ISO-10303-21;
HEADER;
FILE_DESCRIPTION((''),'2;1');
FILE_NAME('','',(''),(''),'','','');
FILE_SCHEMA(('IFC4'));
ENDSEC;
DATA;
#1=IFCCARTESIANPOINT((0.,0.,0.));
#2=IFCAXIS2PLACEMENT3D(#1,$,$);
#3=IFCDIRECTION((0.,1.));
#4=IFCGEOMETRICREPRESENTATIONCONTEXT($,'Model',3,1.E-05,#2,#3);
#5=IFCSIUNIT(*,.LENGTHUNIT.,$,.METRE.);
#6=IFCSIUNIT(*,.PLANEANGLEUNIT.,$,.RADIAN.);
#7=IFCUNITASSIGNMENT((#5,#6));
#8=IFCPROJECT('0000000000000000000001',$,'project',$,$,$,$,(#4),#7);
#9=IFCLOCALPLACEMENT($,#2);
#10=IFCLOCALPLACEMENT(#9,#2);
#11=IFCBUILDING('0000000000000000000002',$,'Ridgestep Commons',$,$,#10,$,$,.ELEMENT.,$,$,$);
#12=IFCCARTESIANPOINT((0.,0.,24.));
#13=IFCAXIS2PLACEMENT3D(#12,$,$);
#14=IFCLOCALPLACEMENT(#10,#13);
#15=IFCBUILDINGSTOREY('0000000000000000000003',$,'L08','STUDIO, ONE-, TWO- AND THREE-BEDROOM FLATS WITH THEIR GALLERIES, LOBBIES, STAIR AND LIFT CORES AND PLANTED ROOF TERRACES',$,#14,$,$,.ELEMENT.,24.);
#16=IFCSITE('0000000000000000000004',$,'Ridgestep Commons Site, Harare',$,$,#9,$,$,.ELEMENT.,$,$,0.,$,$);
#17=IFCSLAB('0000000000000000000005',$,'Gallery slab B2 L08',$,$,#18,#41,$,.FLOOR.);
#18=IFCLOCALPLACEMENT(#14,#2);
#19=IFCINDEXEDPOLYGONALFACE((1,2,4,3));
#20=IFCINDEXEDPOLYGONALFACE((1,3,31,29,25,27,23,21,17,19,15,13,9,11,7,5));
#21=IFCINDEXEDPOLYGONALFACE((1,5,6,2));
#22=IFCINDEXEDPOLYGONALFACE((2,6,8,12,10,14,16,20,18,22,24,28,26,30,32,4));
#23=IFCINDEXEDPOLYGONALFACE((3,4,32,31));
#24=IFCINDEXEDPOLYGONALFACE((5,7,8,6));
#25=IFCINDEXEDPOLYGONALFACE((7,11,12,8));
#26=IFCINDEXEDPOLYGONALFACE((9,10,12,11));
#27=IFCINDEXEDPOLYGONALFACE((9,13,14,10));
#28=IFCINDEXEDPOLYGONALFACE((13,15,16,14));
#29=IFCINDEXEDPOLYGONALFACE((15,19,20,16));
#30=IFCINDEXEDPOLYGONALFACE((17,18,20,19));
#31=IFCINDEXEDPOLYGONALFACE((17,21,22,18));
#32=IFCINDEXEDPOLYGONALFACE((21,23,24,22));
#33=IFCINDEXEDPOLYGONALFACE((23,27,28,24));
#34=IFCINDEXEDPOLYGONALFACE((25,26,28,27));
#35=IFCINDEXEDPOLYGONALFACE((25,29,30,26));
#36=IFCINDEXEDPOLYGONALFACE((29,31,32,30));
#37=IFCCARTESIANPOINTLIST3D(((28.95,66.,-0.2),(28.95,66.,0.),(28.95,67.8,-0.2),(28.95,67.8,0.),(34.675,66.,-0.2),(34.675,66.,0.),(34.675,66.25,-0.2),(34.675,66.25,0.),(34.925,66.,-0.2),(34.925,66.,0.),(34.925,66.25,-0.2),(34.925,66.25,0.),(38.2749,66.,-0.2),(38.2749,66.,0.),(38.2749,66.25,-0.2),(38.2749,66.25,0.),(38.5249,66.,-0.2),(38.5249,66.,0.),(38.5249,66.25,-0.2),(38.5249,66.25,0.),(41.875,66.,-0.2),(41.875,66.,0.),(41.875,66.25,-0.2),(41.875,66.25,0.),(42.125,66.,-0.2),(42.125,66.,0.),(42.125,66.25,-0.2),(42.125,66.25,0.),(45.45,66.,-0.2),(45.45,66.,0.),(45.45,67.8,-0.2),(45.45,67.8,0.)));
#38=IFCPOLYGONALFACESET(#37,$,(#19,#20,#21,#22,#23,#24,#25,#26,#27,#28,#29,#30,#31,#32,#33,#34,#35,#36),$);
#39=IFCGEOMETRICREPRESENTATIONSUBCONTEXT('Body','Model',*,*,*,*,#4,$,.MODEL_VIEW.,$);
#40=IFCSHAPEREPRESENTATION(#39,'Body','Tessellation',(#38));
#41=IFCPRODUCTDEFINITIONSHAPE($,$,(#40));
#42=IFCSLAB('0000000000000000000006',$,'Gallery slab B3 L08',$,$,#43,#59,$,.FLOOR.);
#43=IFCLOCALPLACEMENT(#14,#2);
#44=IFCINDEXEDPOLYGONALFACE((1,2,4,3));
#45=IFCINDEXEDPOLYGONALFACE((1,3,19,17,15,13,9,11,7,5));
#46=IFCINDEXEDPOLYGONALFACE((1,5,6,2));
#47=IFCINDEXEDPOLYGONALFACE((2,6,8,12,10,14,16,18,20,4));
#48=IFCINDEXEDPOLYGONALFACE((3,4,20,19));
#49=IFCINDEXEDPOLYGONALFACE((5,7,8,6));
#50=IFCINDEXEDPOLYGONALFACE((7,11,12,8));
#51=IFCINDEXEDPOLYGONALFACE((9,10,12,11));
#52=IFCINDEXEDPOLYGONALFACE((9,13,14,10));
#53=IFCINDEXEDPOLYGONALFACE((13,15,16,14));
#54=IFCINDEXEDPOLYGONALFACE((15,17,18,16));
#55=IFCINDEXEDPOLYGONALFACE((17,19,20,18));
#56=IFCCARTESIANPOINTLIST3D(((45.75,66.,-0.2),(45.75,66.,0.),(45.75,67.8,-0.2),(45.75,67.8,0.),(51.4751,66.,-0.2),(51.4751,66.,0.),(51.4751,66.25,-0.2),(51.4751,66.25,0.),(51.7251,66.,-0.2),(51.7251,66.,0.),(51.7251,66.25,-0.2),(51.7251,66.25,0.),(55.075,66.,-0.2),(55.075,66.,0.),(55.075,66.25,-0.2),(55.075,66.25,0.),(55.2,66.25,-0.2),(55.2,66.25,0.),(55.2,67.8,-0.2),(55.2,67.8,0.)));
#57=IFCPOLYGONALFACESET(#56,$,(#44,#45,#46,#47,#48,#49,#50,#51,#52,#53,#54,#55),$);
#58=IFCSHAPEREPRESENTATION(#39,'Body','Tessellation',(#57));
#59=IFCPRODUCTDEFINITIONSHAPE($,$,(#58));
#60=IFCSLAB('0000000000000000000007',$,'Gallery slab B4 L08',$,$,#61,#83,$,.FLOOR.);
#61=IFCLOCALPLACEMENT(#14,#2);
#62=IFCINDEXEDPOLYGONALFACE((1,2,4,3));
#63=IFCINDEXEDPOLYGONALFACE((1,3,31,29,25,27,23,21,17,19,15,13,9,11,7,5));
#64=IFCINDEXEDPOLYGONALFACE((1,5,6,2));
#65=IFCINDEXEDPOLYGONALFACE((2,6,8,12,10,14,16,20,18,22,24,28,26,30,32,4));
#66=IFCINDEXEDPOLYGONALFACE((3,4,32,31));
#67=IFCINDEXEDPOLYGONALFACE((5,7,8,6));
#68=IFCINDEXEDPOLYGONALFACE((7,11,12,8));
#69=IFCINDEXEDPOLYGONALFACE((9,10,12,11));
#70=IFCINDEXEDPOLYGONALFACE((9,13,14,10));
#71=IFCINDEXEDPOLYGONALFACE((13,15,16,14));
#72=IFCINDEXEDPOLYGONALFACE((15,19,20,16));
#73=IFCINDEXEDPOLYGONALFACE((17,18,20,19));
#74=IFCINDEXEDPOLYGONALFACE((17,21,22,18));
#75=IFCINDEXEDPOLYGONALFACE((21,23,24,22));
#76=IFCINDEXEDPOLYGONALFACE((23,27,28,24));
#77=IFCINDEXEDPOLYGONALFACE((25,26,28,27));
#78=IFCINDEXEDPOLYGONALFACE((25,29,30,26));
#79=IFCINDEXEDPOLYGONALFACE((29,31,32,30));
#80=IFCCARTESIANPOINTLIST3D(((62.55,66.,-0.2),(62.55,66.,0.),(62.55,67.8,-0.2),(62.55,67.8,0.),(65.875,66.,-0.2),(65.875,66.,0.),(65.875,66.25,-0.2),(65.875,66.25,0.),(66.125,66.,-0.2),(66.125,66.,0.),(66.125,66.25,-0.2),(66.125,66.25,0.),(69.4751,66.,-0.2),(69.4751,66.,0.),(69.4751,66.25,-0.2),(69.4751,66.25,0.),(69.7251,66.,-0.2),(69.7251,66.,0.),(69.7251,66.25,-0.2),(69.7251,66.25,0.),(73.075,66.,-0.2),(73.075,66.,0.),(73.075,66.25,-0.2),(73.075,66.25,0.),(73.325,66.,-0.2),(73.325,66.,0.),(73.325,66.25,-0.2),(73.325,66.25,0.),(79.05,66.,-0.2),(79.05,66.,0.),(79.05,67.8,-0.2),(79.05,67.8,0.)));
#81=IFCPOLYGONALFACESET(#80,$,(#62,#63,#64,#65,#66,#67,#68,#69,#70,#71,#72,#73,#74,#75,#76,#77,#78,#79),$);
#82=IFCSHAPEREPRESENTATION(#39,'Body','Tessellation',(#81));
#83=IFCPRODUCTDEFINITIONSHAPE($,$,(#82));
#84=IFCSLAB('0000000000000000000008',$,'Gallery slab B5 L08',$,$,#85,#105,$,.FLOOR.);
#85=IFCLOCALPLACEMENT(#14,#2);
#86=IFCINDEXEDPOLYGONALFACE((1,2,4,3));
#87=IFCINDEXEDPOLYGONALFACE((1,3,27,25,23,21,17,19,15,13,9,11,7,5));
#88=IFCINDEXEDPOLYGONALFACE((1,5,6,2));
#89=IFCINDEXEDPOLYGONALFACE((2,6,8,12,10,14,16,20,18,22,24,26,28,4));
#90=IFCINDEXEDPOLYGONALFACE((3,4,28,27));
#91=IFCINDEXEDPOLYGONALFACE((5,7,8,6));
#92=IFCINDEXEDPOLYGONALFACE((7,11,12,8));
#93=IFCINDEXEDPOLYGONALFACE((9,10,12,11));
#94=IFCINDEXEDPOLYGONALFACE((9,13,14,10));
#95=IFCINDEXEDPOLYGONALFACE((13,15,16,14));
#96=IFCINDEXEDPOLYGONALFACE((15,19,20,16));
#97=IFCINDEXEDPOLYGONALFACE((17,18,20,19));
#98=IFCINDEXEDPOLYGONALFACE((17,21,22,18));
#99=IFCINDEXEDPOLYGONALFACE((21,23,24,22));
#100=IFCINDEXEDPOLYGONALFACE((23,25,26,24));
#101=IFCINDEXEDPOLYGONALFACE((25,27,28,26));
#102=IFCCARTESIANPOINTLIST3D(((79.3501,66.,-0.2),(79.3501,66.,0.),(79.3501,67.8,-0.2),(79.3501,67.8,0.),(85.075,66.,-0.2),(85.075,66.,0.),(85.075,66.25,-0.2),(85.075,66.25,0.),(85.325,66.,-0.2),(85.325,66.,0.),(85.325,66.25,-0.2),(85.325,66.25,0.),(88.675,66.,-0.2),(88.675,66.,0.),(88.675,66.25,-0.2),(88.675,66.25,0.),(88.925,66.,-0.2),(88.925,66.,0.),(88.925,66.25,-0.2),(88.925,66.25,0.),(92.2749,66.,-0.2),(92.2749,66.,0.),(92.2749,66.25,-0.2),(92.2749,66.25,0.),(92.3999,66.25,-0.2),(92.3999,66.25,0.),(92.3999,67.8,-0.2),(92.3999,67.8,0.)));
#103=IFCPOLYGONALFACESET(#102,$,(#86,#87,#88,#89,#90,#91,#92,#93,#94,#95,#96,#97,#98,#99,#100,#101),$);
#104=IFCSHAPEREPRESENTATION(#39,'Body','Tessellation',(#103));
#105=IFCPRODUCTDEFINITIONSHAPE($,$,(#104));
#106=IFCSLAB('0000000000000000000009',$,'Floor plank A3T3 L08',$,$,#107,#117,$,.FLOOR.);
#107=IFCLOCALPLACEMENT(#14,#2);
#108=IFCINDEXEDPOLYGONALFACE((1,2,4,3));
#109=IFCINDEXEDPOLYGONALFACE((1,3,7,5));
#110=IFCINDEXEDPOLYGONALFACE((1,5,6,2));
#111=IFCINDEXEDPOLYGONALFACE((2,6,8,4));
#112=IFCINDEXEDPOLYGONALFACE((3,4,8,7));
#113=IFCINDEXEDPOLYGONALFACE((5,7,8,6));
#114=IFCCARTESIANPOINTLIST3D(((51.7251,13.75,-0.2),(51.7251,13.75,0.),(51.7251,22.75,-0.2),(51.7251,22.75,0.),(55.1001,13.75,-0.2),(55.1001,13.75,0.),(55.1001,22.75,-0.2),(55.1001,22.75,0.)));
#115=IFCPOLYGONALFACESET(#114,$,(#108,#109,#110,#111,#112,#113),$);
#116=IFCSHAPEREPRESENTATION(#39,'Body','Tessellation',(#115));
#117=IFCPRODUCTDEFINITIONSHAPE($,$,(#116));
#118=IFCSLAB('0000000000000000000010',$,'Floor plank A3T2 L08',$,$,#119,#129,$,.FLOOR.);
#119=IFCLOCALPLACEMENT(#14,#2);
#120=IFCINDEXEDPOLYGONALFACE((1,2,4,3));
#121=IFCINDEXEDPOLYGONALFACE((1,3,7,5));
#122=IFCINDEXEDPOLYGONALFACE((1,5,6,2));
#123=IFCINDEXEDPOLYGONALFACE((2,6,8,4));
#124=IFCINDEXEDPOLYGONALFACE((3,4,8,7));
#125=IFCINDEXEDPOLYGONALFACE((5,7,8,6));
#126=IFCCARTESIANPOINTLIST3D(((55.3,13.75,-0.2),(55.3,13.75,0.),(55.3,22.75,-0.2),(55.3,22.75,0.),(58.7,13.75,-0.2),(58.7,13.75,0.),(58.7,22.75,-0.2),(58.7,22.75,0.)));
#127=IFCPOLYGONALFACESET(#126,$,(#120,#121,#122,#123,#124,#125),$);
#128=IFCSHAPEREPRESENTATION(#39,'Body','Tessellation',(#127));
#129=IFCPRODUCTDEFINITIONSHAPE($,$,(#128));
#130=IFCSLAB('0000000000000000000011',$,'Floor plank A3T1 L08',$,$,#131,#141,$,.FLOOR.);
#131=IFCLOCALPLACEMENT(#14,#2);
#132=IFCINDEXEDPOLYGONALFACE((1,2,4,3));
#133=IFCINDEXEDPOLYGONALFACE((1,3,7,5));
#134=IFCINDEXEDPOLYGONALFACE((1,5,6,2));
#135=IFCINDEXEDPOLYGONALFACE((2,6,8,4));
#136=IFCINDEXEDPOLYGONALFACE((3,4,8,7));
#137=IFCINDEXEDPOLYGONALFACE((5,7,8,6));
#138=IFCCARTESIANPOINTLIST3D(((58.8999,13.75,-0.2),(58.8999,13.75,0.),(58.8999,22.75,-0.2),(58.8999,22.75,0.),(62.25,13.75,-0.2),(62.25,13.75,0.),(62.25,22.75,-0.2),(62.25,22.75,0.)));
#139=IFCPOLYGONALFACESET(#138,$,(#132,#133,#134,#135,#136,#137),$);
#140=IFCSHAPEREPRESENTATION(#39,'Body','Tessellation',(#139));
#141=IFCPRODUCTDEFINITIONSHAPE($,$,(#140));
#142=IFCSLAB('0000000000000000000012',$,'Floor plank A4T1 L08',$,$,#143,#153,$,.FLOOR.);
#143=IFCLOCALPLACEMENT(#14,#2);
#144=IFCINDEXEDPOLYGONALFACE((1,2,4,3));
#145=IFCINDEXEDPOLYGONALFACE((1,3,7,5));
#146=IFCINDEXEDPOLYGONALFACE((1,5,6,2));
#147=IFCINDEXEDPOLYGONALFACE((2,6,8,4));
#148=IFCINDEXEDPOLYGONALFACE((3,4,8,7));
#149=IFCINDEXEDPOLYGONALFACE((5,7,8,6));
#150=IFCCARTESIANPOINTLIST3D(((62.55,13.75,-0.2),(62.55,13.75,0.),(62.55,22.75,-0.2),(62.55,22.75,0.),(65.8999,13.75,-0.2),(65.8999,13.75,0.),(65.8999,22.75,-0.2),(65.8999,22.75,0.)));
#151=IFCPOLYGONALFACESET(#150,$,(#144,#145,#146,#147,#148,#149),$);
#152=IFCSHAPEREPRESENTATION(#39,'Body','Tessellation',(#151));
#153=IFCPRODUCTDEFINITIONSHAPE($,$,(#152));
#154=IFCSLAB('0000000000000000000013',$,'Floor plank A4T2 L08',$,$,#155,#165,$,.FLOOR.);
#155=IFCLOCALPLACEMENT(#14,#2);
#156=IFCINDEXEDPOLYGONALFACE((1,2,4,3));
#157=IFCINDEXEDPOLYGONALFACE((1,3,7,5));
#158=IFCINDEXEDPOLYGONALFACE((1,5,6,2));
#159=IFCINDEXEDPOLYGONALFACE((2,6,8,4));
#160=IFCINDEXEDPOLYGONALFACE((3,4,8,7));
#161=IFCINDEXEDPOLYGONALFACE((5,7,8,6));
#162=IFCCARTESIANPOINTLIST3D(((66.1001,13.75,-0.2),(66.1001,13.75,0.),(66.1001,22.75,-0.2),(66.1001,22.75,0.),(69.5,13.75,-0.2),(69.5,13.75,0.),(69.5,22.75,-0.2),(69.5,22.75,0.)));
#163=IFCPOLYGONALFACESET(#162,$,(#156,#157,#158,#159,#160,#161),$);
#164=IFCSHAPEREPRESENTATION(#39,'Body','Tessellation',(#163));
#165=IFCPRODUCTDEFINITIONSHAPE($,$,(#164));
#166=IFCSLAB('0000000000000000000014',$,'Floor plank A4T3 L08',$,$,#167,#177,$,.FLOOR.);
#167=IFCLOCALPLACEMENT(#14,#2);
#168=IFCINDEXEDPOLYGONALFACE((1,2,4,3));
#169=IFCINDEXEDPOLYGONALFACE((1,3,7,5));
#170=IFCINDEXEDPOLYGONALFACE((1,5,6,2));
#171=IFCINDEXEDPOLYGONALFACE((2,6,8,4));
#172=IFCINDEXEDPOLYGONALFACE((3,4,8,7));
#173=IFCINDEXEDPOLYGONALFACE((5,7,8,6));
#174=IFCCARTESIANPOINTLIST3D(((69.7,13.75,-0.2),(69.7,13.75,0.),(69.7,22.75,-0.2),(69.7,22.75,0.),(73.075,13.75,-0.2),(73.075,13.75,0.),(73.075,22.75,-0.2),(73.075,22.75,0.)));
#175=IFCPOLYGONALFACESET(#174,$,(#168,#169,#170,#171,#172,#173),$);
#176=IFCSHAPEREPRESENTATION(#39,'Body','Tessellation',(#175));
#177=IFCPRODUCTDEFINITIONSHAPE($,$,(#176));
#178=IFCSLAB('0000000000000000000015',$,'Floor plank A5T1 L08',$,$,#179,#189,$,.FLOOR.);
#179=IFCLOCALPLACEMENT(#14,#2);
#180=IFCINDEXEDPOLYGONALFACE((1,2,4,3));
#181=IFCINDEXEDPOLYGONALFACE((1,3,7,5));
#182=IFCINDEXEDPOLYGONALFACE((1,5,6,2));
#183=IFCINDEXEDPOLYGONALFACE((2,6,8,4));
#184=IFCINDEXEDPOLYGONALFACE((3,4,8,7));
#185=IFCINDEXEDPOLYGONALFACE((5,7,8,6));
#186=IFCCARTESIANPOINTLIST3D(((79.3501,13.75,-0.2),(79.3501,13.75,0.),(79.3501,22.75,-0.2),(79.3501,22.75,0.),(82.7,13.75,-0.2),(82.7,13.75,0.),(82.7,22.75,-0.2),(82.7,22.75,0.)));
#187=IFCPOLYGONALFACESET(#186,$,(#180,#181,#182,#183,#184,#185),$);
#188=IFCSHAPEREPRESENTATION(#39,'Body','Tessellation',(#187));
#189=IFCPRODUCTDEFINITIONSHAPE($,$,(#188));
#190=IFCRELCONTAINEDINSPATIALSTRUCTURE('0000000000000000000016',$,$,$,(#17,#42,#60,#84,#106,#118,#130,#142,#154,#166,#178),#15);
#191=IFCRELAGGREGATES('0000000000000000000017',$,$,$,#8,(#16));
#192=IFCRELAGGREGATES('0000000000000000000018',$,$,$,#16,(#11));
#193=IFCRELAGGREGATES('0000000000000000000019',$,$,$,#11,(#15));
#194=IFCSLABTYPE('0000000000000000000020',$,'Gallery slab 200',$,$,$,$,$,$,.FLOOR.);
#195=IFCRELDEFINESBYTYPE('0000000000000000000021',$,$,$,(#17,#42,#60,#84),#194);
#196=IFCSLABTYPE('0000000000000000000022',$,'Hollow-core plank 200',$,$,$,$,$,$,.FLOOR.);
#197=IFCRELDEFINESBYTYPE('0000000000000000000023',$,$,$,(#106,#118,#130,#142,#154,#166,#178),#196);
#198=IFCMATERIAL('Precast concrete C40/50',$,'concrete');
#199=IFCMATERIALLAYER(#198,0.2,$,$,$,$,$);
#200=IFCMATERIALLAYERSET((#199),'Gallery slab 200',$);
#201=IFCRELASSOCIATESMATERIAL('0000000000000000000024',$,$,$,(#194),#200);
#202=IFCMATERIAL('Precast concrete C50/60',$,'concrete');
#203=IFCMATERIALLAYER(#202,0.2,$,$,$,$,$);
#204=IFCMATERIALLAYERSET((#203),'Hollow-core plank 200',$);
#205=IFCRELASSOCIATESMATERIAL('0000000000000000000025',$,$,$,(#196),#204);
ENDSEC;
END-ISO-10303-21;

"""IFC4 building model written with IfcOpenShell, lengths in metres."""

from ifc_helpers import new_model, si_unit, direction, frame, origin, place, context, subcontext, project, spatial, polyline, outline, extrude, material, layer, layer_set, type_object, element, save


model = new_model("IFC4")

# Units and contexts
model_context = context("Model", 3, precision=1e-05, world=origin(), true_north=direction((0.0, 1.0)))
body_context = subcontext(model_context, "Body", "Model", "MODEL_VIEW")
ifc_project = project(units=[si_unit("LENGTHUNIT", "METRE"), si_unit("PLANEANGLEUNIT", "RADIAN")], contexts=[model_context])

# Site, building, storey
site_placement = place(None, origin())
site = spatial("IfcSite", under=ifc_project, at=site_placement, Name="Ridgestep Commons Site, Harare", CompositionType="ELEMENT", RefElevation=0.0)
building_placement = place(site_placement, origin())
building = spatial("IfcBuilding", under=site, at=building_placement, Name="Ridgestep Commons", CompositionType="ELEMENT")
storey_placement = place(building_placement, frame((0.0, 0.0, 24.0)))
storey = spatial("IfcBuildingStorey", under=building, at=storey_placement, Name="L08", Description="STUDIO, ONE-, TWO- AND THREE-BEDROOM FLATS WITH THEIR GALLERIES, LOBBIES, STAIR AND LIFT CORES AND PLANTED ROOF TERRACES", CompositionType="ELEMENT", Elevation=24.0)

# Slabs
ifc_material_1 = material(Name="Precast concrete C40/50", Category="concrete")
ifc_layer_1 = layer(ifc_material_1, 0.2)
ifc_layer_set_1 = layer_set([ifc_layer_1], Name="Gallery slab 200")
slab_type_1 = type_object("IfcSlabType", Name="Gallery slab 200", PredefinedType="FLOOR", material=ifc_layer_set_1)
slab_1_placement = place(storey_placement, frame((0.0, 0.0, -0.2)))
element("IfcSlab", 1, at=slab_1_placement, inside=storey, type_object=slab_type_1, Name="Gallery slab B2 L08", PredefinedType="FLOOR", context=body_context, shape_type="SweptSolid", body=[
    extrude(outline(polyline([(45.45, 67.8), (28.95, 67.8), (28.95, 66.0), (34.675, 66.0), (34.675, 66.25), (34.925, 66.25), (34.925, 66.0), (38.2749, 66.0), (38.2749, 66.25), (38.5249, 66.25), (38.5249, 66.0), (41.875, 66.0), (41.875, 66.25), (42.125, 66.25), (42.125, 66.0), (45.45, 66.0), (45.45, 67.8)])), origin(), (0.0, 0.0, 1.0), 0.2),
])
slab_2_placement = place(storey_placement, frame((0.0, 0.0, -0.2)))
element("IfcSlab", 2, at=slab_2_placement, inside=storey, type_object=slab_type_1, Name="Gallery slab B3 L08", PredefinedType="FLOOR", context=body_context, shape_type="SweptSolid", body=[
    extrude(outline(polyline([(45.75, 67.8), (45.75, 66.0), (51.4751, 66.0), (51.4751, 66.25), (51.7251, 66.25), (51.7251, 66.0), (55.075, 66.0), (55.075, 66.25), (55.2, 66.25), (55.2, 67.8), (45.75, 67.8)])), origin(), (0.0, 0.0, 1.0), 0.2),
])
slab_3_placement = place(storey_placement, frame((0.0, 0.0, -0.2)))
element("IfcSlab", 3, at=slab_3_placement, inside=storey, type_object=slab_type_1, Name="Gallery slab B4 L08", PredefinedType="FLOOR", context=body_context, shape_type="SweptSolid", body=[
    extrude(outline(polyline([(79.05, 67.8), (62.55, 67.8), (62.55, 66.0), (65.875, 66.0), (65.875, 66.25), (66.125, 66.25), (66.125, 66.0), (69.4751, 66.0), (69.4751, 66.25), (69.7251, 66.25), (69.7251, 66.0), (73.075, 66.0), (73.075, 66.25), (73.325, 66.25), (73.325, 66.0), (79.05, 66.0), (79.05, 67.8)])), origin(), (0.0, 0.0, 1.0), 0.2),
])
slab_4_placement = place(storey_placement, frame((0.0, 0.0, -0.2)))
element("IfcSlab", 4, at=slab_4_placement, inside=storey, type_object=slab_type_1, Name="Gallery slab B5 L08", PredefinedType="FLOOR", context=body_context, shape_type="SweptSolid", body=[
    extrude(outline(polyline([(92.3999, 67.8), (79.3501, 67.8), (79.3501, 66.0), (85.075, 66.0), (85.075, 66.25), (85.325, 66.25), (85.325, 66.0), (88.675, 66.0), (88.675, 66.25), (88.925, 66.25), (88.925, 66.0), (92.2749, 66.0), (92.2749, 66.25), (92.3999, 66.25), (92.3999, 67.8)])), origin(), (0.0, 0.0, 1.0), 0.2),
])
ifc_material_2 = material(Name="Precast concrete C50/60", Category="concrete")
ifc_layer_2 = layer(ifc_material_2, 0.2)
ifc_layer_set_2 = layer_set([ifc_layer_2], Name="Hollow-core plank 200")
slab_type_2 = type_object("IfcSlabType", Name="Hollow-core plank 200", PredefinedType="FLOOR", material=ifc_layer_set_2)
slab_5_placement = place(storey_placement, frame((0.0, 0.0, -0.2)))
element("IfcSlab", 5, at=slab_5_placement, inside=storey, type_object=slab_type_2, Name="Floor plank A3T3 L08", PredefinedType="FLOOR", context=body_context, shape_type="SweptSolid", body=[
    extrude(outline(polyline([(55.1001, 13.75), (55.1001, 22.75), (51.7251, 22.75), (51.7251, 13.75), (55.1001, 13.75)])), origin(), (0.0, 0.0, 1.0), 0.2),
])
slab_6_placement = place(storey_placement, frame((0.0, 0.0, -0.2)))
element("IfcSlab", 6, at=slab_6_placement, inside=storey, type_object=slab_type_2, Name="Floor plank A3T2 L08", PredefinedType="FLOOR", context=body_context, shape_type="SweptSolid", body=[
    extrude(outline(polyline([(58.7, 13.75), (58.7, 22.75), (55.3, 22.75), (55.3, 13.75), (58.7, 13.75)])), origin(), (0.0, 0.0, 1.0), 0.2),
])
slab_7_placement = place(storey_placement, frame((0.0, 0.0, -0.2)))
element("IfcSlab", 7, at=slab_7_placement, inside=storey, type_object=slab_type_2, Name="Floor plank A3T1 L08", PredefinedType="FLOOR", context=body_context, shape_type="SweptSolid", body=[
    extrude(outline(polyline([(62.25, 13.75), (62.25, 22.75), (58.8999, 22.75), (58.8999, 13.75), (62.25, 13.75)])), origin(), (0.0, 0.0, 1.0), 0.2),
])
slab_8_placement = place(storey_placement, frame((0.0, 0.0, -0.2)))
element("IfcSlab", 8, at=slab_8_placement, inside=storey, type_object=slab_type_2, Name="Floor plank A4T1 L08", PredefinedType="FLOOR", context=body_context, shape_type="SweptSolid", body=[
    extrude(outline(polyline([(65.8999, 13.75), (65.8999, 22.75), (62.55, 22.75), (62.55, 13.75), (65.8999, 13.75)])), origin(), (0.0, 0.0, 1.0), 0.2),
])
slab_9_placement = place(storey_placement, frame((0.0, 0.0, -0.2)))
element("IfcSlab", 9, at=slab_9_placement, inside=storey, type_object=slab_type_2, Name="Floor plank A4T2 L08", PredefinedType="FLOOR", context=body_context, shape_type="SweptSolid", body=[
    extrude(outline(polyline([(69.5, 13.75), (69.5, 22.75), (66.1001, 22.75), (66.1001, 13.75), (69.5, 13.75)])), origin(), (0.0, 0.0, 1.0), 0.2),
])
slab_10_placement = place(storey_placement, frame((0.0, 0.0, -0.2)))
element("IfcSlab", 10, at=slab_10_placement, inside=storey, type_object=slab_type_2, Name="Floor plank A4T3 L08", PredefinedType="FLOOR", context=body_context, shape_type="SweptSolid", body=[
    extrude(outline(polyline([(73.075, 13.75), (73.075, 22.75), (69.7, 22.75), (69.7, 13.75), (73.075, 13.75)])), origin(), (0.0, 0.0, 1.0), 0.2),
])
slab_11_placement = place(storey_placement, frame((0.0, 0.0, -0.2)))
element("IfcSlab", 11, at=slab_11_placement, inside=storey, type_object=slab_type_2, Name="Floor plank A5T1 L08", PredefinedType="FLOOR", context=body_context, shape_type="SweptSolid", body=[
    extrude(outline(polyline([(82.7, 13.75), (82.7, 22.75), (79.3501, 22.75), (79.3501, 13.75), (82.7, 13.75)])), origin(), (0.0, 0.0, 1.0), 0.2),
])

save(model, "model.ifc")
